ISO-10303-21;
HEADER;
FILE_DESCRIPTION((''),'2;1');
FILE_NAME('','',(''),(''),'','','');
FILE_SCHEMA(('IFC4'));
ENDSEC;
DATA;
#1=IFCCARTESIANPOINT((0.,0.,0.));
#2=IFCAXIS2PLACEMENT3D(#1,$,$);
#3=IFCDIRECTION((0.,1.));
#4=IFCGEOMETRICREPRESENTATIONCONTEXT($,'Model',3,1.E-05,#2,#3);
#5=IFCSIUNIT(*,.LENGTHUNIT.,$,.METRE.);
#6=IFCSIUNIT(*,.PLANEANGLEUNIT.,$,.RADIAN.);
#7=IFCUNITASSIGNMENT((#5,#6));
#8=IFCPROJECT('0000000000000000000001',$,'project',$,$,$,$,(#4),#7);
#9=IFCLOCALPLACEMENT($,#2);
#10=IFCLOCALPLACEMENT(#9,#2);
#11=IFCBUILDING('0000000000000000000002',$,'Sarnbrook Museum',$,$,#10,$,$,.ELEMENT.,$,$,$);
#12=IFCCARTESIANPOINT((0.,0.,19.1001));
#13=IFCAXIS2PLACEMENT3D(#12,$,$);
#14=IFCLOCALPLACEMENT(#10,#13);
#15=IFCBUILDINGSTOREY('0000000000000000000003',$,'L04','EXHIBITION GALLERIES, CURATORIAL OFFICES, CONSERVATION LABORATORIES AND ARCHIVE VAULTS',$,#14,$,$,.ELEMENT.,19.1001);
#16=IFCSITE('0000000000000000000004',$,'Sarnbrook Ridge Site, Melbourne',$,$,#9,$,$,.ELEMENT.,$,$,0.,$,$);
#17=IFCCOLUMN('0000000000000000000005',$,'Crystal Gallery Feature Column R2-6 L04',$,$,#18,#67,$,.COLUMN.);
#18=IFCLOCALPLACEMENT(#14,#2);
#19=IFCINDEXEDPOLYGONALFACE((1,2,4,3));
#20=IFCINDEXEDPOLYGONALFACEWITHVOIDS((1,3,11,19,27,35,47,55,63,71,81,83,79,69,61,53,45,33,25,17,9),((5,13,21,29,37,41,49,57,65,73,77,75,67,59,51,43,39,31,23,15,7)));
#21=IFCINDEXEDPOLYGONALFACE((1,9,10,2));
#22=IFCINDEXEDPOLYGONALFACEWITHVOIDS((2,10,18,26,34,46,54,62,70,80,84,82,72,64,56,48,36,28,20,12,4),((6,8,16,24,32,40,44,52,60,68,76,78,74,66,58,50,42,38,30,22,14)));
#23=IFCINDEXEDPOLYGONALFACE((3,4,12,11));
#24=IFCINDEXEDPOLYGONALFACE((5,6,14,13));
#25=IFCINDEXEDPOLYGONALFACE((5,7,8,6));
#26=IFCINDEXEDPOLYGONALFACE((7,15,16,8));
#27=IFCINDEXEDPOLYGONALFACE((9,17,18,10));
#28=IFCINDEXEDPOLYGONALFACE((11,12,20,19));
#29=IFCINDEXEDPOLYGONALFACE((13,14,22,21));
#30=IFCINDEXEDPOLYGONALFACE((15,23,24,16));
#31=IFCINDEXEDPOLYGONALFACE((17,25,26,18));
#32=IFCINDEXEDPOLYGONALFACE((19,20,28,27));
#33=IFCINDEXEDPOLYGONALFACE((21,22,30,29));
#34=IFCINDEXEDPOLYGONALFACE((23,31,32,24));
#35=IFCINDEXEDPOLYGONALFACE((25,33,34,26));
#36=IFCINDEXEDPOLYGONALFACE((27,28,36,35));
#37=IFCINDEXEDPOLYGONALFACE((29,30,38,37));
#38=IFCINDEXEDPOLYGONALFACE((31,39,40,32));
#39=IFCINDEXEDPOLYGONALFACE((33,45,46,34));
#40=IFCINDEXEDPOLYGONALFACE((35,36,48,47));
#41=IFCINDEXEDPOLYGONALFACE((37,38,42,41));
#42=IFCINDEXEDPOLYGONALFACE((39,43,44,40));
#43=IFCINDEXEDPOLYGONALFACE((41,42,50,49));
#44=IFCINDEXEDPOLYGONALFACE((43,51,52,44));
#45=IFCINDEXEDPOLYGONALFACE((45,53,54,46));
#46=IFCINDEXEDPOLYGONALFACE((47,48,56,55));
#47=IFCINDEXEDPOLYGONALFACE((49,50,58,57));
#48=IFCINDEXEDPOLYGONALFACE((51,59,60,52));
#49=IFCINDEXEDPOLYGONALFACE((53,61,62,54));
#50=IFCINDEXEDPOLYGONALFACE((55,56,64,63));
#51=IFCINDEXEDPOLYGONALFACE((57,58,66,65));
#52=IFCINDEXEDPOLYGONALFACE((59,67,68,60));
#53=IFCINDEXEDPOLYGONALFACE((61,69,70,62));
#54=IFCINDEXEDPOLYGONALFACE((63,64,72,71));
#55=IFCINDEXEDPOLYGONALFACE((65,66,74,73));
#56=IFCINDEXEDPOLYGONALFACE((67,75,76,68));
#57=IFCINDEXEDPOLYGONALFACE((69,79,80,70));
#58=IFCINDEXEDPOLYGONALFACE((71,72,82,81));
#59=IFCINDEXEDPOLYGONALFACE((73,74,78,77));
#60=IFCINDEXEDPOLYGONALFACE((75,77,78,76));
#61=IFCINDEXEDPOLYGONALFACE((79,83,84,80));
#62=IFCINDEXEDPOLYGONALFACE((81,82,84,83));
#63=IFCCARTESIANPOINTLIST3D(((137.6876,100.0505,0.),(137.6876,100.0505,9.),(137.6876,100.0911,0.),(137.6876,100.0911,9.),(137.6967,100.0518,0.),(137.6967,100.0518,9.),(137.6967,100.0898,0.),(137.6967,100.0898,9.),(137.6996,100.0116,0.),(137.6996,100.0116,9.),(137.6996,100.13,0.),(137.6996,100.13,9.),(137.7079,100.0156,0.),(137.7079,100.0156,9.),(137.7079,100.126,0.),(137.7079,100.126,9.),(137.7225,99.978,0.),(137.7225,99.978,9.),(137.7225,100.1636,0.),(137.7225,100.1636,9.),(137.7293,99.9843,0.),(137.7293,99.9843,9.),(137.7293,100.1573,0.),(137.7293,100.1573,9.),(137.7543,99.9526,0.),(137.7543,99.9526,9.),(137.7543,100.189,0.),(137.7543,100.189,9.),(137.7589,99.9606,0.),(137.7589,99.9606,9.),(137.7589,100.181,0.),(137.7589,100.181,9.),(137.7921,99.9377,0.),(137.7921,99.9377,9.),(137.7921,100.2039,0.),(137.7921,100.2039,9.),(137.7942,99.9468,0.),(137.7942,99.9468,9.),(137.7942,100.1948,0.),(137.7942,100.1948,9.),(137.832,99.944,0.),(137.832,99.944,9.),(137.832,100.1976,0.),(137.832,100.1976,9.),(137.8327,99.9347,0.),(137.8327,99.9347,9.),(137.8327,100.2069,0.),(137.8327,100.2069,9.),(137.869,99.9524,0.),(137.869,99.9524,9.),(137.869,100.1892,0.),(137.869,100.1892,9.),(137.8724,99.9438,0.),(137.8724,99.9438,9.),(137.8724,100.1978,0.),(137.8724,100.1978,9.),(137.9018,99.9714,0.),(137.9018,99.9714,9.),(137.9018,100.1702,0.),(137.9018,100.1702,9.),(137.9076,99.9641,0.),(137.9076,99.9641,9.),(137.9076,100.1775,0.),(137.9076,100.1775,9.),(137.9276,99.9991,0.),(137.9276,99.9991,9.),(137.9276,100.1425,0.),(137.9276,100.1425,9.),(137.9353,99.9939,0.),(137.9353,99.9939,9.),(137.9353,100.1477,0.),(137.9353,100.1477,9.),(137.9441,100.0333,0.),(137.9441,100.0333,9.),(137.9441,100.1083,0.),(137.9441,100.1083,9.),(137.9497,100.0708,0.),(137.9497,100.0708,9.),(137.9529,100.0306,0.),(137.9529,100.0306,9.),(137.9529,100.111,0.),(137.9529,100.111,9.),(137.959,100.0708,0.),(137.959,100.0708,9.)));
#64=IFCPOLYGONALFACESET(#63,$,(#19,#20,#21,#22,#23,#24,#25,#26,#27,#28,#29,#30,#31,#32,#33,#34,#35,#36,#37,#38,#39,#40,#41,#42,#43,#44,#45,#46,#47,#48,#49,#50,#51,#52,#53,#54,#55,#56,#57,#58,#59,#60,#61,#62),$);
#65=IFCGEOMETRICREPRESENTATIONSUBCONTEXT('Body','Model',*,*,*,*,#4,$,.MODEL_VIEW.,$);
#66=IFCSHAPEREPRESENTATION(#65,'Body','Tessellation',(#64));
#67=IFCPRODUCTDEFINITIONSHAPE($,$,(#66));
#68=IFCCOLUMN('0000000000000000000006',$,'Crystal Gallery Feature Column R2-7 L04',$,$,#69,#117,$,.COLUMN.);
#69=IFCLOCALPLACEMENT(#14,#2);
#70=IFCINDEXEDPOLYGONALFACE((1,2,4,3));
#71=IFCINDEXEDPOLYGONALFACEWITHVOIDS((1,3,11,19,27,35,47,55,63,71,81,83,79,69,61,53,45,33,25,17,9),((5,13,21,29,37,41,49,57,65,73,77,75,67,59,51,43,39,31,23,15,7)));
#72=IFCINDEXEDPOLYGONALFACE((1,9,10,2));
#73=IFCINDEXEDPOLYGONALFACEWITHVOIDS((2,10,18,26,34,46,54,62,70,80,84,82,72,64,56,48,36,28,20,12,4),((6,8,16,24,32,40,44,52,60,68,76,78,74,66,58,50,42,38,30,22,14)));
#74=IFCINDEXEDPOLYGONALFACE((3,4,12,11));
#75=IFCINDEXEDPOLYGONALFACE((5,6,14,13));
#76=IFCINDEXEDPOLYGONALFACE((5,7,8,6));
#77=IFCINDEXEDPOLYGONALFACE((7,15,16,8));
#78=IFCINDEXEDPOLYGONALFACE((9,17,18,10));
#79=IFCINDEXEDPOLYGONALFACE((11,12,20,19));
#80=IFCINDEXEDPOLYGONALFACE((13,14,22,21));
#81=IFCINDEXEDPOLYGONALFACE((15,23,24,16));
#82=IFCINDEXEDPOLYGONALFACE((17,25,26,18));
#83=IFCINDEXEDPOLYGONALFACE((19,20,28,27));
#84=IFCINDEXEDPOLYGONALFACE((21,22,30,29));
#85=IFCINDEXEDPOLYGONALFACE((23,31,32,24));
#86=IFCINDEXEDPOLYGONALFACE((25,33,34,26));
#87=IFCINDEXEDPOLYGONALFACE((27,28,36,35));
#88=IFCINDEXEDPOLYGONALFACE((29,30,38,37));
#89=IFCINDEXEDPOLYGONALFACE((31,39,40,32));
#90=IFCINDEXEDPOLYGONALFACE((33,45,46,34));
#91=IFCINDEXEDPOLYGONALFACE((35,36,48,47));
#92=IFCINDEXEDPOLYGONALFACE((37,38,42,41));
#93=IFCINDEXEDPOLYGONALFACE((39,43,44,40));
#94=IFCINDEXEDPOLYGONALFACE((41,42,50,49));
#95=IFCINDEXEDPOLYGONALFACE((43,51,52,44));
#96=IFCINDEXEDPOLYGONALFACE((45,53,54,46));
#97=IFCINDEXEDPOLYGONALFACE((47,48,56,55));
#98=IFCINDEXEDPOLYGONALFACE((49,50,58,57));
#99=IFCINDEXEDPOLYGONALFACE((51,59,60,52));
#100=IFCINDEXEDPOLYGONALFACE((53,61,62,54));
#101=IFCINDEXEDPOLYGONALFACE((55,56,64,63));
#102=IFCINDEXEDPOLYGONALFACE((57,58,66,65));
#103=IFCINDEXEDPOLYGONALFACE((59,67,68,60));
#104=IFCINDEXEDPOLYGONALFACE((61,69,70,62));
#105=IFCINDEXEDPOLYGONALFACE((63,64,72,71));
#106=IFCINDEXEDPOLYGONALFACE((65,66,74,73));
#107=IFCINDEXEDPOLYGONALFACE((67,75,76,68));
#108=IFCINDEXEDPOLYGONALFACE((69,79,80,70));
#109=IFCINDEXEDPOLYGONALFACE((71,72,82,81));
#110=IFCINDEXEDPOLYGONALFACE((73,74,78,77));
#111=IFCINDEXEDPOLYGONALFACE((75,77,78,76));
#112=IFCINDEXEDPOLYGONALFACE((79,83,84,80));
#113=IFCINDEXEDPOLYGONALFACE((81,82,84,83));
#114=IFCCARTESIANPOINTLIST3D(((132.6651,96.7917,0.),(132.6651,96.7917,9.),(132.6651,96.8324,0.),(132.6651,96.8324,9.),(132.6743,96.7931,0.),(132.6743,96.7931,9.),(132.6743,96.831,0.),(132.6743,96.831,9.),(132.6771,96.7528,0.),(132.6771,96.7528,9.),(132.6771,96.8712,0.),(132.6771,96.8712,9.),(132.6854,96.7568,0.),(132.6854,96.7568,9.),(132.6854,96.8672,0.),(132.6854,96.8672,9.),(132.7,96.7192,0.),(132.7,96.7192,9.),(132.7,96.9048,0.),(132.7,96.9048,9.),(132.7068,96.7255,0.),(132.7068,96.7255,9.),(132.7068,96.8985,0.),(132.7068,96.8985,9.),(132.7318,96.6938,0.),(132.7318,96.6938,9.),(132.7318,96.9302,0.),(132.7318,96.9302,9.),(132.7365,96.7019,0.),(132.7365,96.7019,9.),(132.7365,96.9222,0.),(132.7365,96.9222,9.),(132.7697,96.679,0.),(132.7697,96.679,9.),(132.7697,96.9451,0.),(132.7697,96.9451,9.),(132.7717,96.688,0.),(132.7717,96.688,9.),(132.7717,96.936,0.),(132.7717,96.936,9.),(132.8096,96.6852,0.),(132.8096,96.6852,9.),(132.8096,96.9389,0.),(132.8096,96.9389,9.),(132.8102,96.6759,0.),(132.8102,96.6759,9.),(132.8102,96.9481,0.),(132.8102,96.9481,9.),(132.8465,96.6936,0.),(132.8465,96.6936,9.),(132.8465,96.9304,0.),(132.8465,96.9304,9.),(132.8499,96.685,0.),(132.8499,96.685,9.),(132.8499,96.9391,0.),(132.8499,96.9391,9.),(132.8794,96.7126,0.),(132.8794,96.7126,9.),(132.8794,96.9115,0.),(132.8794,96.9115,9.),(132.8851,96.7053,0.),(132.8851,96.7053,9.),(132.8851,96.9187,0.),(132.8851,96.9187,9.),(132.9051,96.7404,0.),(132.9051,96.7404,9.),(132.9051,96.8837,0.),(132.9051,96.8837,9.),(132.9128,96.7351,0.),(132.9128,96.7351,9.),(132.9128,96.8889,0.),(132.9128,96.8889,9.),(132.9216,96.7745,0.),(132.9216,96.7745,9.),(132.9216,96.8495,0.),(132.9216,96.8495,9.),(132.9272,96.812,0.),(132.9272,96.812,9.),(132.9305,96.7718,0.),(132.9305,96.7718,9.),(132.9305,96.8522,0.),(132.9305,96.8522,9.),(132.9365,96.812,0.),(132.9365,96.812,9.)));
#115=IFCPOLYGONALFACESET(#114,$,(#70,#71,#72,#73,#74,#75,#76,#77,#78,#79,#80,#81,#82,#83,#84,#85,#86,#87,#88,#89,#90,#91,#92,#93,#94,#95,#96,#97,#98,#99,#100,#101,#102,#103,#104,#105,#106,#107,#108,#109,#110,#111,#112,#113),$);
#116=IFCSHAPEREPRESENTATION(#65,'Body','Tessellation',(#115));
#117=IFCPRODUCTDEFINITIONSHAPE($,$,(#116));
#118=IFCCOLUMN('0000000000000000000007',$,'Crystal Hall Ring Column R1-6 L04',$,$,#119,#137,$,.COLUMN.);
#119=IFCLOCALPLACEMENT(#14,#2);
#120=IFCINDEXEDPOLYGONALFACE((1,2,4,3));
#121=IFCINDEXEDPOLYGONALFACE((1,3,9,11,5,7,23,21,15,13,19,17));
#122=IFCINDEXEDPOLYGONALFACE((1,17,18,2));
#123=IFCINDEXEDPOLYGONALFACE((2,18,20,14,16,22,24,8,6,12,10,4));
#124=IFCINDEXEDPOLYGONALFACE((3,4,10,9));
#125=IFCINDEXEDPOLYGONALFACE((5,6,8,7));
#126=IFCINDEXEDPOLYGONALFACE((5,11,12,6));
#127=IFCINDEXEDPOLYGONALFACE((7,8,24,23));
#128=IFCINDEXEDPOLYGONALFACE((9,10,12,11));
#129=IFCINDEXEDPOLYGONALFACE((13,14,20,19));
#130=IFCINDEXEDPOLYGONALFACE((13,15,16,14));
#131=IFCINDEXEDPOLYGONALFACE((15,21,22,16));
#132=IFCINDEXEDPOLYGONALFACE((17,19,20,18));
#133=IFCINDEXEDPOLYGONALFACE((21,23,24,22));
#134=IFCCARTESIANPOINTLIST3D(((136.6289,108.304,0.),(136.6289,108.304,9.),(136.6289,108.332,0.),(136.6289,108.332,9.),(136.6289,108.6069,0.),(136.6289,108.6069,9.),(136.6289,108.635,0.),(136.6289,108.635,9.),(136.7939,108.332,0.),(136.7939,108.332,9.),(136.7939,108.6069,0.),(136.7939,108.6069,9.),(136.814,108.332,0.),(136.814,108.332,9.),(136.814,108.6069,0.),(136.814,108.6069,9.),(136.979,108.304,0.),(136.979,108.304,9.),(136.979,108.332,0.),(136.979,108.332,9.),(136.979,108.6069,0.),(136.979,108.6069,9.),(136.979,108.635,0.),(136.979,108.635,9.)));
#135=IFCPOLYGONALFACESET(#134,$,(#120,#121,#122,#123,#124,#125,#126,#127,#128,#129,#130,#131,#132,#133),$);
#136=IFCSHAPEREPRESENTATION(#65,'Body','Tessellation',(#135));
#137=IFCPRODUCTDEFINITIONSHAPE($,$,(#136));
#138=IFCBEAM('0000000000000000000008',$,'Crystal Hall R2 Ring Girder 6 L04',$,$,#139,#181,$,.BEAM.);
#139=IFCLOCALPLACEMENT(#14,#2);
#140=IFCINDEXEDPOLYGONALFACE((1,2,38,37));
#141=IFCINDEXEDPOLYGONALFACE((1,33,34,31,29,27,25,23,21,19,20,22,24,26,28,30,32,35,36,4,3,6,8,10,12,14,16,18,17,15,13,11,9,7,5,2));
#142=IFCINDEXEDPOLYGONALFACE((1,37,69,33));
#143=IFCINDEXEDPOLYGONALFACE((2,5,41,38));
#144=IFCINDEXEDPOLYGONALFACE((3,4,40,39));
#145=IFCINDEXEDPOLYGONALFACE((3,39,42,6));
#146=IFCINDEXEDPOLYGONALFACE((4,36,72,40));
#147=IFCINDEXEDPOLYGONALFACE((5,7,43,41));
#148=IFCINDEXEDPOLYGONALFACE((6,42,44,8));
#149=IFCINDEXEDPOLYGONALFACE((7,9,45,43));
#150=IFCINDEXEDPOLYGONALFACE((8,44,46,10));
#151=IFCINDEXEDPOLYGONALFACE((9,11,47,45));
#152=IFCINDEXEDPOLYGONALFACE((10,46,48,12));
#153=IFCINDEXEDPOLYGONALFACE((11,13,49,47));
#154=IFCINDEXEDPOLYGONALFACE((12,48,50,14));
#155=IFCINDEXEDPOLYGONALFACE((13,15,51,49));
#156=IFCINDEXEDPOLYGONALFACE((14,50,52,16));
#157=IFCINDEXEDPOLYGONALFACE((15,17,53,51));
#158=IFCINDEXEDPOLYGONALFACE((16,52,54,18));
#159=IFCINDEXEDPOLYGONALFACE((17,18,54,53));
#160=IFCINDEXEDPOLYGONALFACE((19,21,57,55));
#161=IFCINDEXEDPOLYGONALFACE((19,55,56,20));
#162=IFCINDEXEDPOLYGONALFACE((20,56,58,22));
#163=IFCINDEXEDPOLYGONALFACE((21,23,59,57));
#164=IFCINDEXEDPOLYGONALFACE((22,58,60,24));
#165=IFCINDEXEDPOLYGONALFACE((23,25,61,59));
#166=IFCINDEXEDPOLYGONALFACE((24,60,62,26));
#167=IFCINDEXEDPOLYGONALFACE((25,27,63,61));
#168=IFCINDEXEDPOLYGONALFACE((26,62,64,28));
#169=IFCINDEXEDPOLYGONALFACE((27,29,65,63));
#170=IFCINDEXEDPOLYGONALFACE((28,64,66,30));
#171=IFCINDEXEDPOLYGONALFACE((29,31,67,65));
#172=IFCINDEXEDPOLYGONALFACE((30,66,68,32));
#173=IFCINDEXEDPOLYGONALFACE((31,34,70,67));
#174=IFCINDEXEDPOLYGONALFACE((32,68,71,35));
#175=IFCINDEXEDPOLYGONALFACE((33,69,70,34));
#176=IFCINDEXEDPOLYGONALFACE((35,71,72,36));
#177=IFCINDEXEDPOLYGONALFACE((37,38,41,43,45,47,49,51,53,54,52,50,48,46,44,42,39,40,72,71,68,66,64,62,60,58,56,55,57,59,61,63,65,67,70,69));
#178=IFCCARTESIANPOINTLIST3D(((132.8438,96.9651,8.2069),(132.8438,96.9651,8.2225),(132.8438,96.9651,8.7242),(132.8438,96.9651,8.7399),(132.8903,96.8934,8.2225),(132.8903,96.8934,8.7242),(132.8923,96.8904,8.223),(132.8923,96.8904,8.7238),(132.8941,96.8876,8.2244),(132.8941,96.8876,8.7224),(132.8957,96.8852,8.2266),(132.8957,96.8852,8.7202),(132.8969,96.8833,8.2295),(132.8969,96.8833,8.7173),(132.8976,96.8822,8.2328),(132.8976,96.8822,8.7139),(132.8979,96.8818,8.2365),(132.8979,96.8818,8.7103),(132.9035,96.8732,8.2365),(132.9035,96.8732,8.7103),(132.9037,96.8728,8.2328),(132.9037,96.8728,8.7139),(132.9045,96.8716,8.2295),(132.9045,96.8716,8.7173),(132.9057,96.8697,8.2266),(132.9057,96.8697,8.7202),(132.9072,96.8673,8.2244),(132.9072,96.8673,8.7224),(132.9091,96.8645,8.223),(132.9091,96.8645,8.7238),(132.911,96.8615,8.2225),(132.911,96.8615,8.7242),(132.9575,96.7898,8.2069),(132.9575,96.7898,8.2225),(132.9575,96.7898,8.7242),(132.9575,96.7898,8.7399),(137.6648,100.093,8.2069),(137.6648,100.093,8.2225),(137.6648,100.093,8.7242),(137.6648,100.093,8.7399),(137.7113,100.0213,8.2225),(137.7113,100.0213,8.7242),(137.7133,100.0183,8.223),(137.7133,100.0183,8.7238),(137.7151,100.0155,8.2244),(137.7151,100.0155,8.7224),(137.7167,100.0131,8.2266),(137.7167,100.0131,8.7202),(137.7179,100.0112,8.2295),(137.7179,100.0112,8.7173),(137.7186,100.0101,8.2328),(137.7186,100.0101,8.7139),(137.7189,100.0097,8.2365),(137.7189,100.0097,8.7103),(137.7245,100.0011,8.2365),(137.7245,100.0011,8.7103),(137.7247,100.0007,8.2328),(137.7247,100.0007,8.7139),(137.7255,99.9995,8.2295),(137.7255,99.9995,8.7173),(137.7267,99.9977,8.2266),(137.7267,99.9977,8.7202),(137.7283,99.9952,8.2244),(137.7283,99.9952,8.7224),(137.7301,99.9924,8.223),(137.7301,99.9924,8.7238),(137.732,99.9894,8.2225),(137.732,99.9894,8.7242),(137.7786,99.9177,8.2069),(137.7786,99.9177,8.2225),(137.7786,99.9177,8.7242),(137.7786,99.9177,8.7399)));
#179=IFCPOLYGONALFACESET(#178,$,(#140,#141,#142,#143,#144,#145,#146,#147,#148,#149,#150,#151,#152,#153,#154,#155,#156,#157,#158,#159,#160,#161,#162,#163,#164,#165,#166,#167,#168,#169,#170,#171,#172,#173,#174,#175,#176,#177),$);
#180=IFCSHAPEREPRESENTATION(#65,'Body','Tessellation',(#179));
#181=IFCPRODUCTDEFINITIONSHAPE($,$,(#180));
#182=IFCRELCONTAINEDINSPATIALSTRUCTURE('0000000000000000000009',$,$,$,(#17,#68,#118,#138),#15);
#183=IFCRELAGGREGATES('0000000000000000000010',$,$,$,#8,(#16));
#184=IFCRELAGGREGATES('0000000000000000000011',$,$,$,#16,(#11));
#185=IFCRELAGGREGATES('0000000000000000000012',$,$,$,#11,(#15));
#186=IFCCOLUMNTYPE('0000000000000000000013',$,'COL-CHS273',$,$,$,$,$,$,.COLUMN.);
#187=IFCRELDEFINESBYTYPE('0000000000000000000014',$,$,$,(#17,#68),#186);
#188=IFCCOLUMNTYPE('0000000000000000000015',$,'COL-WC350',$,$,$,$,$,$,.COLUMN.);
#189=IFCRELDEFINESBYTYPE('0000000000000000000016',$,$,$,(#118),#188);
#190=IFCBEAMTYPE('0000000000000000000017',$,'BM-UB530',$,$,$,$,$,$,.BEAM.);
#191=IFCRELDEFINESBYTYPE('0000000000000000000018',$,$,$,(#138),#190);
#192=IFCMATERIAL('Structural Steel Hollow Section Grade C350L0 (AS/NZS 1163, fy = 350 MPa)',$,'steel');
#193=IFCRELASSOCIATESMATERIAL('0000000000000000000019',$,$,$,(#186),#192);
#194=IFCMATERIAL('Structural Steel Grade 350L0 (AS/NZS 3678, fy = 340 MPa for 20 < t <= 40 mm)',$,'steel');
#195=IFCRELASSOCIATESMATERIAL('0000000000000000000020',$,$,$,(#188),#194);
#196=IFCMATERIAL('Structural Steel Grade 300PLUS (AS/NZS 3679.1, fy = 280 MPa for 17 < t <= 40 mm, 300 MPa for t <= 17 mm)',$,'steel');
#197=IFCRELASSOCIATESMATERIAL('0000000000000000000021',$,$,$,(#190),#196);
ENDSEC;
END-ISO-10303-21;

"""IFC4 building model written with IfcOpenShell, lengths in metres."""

from ifc_helpers import new_model, si_unit, direction, frame, origin, origin_2d, place, context, subcontext, project, spatial, hollow_circle, i_section, extrude, material, material_profile, profile_set, type_object, element, save


model = new_model("IFC4")

# Units and contexts
model_context = context("Model", 3, precision=1e-05, world=origin(), true_north=direction((0.0, 1.0)))
body_context = subcontext(model_context, "Body", "Model", "MODEL_VIEW")
ifc_project = project(units=[si_unit("LENGTHUNIT", "METRE"), si_unit("PLANEANGLEUNIT", "RADIAN")], contexts=[model_context])

# Site, building, storey
site_placement = place(None, origin())
site = spatial("IfcSite", under=ifc_project, at=site_placement, Name="Sarnbrook Ridge Site, Melbourne", CompositionType="ELEMENT", RefElevation=0.0)
building_placement = place(site_placement, origin())
building = spatial("IfcBuilding", under=site, at=building_placement, Name="Sarnbrook Museum", CompositionType="ELEMENT")
storey_placement = place(building_placement, frame((0.0, 0.0, 19.1001)))
storey = spatial("IfcBuildingStorey", under=building, at=storey_placement, Name="L04", Description="EXHIBITION GALLERIES, CURATORIAL OFFICES, CONSERVATION LABORATORIES AND ARCHIVE VAULTS", CompositionType="ELEMENT", Elevation=19.1001)

# Columns
ifc_material_1 = material(Name="Structural Steel Hollow Section Grade C350L0 (AS/NZS 1163, fy = 350 MPa)", Category="steel")
ifc_material_profile_1 = material_profile(ifc_material_1, hollow_circle(Radius=0.1365, WallThickness=0.0093, at=origin_2d()), Name="273.1x9.3CHS")
ifc_profile_set_1 = profile_set([ifc_material_profile_1], Name="Structural Steel Hollow Section Grade C350L0 (AS/NZS 1163, fy = 350 MPa)")
column_type_1 = type_object("IfcColumnType", Name="COL-CHS273", PredefinedType="COLUMN", material=ifc_profile_set_1)
for number, where, z_axis, x_axis, name in (
    (1, (137.8225, 100.0708, 0.0), (0.0, 0.0, 1.0), (1.0, 0.0, 0.0), "Crystal Gallery Feature Column R2-6 L04"),
    (2, (132.8, 96.812, 0.0), (0.0, 0.0, 1.0), (1.0, 0.0, 0.0), "Crystal Gallery Feature Column R2-7 L04"),
):
    element("IfcColumn", number, at=place(storey_placement, frame(where, z_axis=z_axis, x_axis=x_axis)), inside=storey, type_object=column_type_1, Name=name, PredefinedType="COLUMN", context=body_context, shape_type="SweptSolid", body=[
        extrude(hollow_circle(Radius=0.1365, WallThickness=0.0093, at=origin_2d()), origin(), (0.0, 0.0, 1.0), 9.0),
    ])
ifc_material_2 = material(Name="Structural Steel Grade 350L0 (AS/NZS 3678, fy = 340 MPa for 20 < t <= 40 mm)", Category="steel")
ifc_material_profile_2 = material_profile(ifc_material_2, i_section(OverallWidth=0.3501, OverallDepth=0.3311, WebThickness=0.02, FlangeThickness=0.0281, at=origin_2d()), Name="350WC197")
ifc_profile_set_2 = profile_set([ifc_material_profile_2], Name="Structural Steel Grade 350L0 (AS/NZS 3678, fy = 340 MPa for 20 < t <= 40 mm)")
column_type_2 = type_object("IfcColumnType", Name="COL-WC350", PredefinedType="COLUMN", material=ifc_profile_set_2)
column_placement = place(storey_placement, frame((136.804, 108.4695, 0.0), z_axis=(0.0, 0.0, 1.0), x_axis=(1.0, 0.0, 0.0)))
element("IfcColumn", 3, at=column_placement, inside=storey, type_object=column_type_2, Name="Crystal Hall Ring Column R1-6 L04", PredefinedType="COLUMN", context=body_context, shape_type="SweptSolid", body=[
    extrude(i_section(OverallWidth=0.3501, OverallDepth=0.3311, WebThickness=0.02, FlangeThickness=0.0281, at=origin_2d()), origin(), (0.0, 0.0, 1.0), 9.0),
])

# Beam
ifc_material_3 = material(Name="Structural Steel Grade 300PLUS (AS/NZS 3679.1, fy = 280 MPa for 17 < t <= 40 mm, 300 MPa for t <= 17 mm)", Category="steel")
ifc_material_profile_3 = material_profile(ifc_material_3, i_section(OverallWidth=0.209, OverallDepth=0.533, WebThickness=0.0103, FlangeThickness=0.0156, FilletRadius=0.0139, at=origin_2d()), Name="530UB92.4")
ifc_profile_set_3 = profile_set([ifc_material_profile_3], Name="Structural Steel Grade 300PLUS (AS/NZS 3679.1, fy = 280 MPa for 17 < t <= 40 mm, 300 MPa for t <= 17 mm)")
beam_type_1 = type_object("IfcBeamType", Name="BM-UB530", PredefinedType="BEAM", material=ifc_profile_set_3)
beam_1_placement = place(storey_placement, frame((137.7217, 100.0054, 8.4734), z_axis=(-0.8389, -0.544285, 0.0), x_axis=(0.544285, -0.8389, 0.0)))
element("IfcBeam", 4, at=beam_1_placement, inside=storey, type_object=beam_type_1, Name="Crystal Hall R2 Ring Girder 6 L04", PredefinedType="BEAM", context=body_context, shape_type="SweptSolid", body=[
    extrude(i_section(OverallWidth=0.209, OverallDepth=0.533, WebThickness=0.0103, FlangeThickness=0.0156, FilletRadius=0.0139, at=origin_2d()), origin(), (0.0, 0.0, 1.0), 5.7468),
])

save(model, "model.ifc")
